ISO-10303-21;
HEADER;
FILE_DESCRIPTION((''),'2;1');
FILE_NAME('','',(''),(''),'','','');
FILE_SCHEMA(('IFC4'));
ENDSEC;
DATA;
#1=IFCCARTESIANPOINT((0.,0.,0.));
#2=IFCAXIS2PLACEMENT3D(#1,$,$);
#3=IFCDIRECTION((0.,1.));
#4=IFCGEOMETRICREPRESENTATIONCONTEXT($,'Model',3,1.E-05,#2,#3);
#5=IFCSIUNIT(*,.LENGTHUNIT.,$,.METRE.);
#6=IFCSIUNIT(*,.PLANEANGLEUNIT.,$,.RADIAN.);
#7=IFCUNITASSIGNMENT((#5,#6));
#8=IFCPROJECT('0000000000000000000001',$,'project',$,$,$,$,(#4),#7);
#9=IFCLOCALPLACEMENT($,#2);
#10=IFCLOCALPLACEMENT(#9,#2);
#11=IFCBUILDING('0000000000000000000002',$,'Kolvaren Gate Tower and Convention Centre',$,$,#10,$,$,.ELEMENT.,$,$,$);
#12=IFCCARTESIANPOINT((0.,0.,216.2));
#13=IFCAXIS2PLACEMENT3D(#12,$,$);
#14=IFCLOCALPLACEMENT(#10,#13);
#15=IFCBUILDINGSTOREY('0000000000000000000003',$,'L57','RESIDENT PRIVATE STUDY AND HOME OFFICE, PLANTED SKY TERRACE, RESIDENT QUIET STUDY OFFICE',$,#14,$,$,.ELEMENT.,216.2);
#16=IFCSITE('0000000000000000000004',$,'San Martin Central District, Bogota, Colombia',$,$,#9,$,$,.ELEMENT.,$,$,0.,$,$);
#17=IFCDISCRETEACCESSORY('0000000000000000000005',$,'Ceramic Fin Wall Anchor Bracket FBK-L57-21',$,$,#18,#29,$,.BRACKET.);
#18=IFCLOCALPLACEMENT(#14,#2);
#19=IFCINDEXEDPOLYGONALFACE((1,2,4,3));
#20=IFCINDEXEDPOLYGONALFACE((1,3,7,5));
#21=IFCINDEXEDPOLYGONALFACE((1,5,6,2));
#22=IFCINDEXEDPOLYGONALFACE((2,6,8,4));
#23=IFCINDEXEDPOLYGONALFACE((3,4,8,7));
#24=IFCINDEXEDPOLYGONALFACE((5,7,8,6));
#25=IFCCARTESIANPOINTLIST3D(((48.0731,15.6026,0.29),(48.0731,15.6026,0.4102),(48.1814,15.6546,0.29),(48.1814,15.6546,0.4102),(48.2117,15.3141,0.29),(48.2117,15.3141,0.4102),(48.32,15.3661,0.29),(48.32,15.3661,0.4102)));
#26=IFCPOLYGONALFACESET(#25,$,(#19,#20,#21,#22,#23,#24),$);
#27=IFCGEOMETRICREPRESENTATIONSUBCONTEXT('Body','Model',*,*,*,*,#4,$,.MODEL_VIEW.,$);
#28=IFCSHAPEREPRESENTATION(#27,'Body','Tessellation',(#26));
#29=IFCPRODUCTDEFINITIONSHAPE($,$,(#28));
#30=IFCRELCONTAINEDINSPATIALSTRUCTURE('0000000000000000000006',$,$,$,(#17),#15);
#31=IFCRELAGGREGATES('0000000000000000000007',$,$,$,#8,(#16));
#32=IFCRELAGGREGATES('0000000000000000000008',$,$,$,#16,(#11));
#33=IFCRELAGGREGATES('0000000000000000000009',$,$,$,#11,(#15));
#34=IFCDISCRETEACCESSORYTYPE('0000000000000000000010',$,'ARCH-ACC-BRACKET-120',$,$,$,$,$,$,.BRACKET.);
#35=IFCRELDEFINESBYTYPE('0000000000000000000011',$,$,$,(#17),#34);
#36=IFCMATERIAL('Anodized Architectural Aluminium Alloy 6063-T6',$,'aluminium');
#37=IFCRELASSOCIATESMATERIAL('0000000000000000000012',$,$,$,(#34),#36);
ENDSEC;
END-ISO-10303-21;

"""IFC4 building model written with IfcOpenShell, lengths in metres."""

from ifc_helpers import new_model, si_unit, direction, frame, origin, origin_2d, place, context, subcontext, project, spatial, rectangle, extrude, material, type_object, element, save


model = new_model("IFC4")

# Units and contexts
model_context = context("Model", 3, precision=1e-05, world=origin(), true_north=direction((0.0, 1.0)))
body_context = subcontext(model_context, "Body", "Model", "MODEL_VIEW")
ifc_project = project(units=[si_unit("LENGTHUNIT", "METRE"), si_unit("PLANEANGLEUNIT", "RADIAN")], contexts=[model_context])

# Site, building, storey
site_placement = place(None, origin())
site = spatial("IfcSite", under=ifc_project, at=site_placement, Name="San Martin Central District, Bogota, Colombia", CompositionType="ELEMENT", RefElevation=0.0)
building_placement = place(site_placement, origin())
building = spatial("IfcBuilding", under=site, at=building_placement, Name="Kolvaren Gate Tower and Convention Centre", CompositionType="ELEMENT")
storey_placement = place(building_placement, frame((0.0, 0.0, 216.2)))
storey = spatial("IfcBuildingStorey", under=building, at=storey_placement, Name="L57", Description="RESIDENT PRIVATE STUDY AND HOME OFFICE, PLANTED SKY TERRACE, RESIDENT QUIET STUDY OFFICE", CompositionType="ELEMENT", Elevation=216.2)

# Shared definitions
ifc_material_1 = material(Name="Anodized Architectural Aluminium Alloy 6063-T6", Category="aluminium")

# Discrete accessory
discrete_accessory_type = type_object("IfcDiscreteAccessoryType", Name="ARCH-ACC-BRACKET-120", PredefinedType="BRACKET", material=ifc_material_1)
discrete_accessory_placement = place(storey_placement, frame((48.1965, 15.4844, 0.29), z_axis=(0.0, 0.0, 1.0), x_axis=(0.901359, 0.433072, 0.0)))
element("IfcDiscreteAccessory", 1, at=discrete_accessory_placement, inside=storey, type_object=discrete_accessory_type, Name="Ceramic Fin Wall Anchor Bracket FBK-L57-21", PredefinedType="BRACKET", context=body_context, shape_type="SweptSolid", body=[
    extrude(rectangle(XDim=0.1201, YDim=0.3201, at=origin_2d()), origin(), (0.0, 0.0, 1.0), 0.1201),
])

save(model, "model.ifc")
